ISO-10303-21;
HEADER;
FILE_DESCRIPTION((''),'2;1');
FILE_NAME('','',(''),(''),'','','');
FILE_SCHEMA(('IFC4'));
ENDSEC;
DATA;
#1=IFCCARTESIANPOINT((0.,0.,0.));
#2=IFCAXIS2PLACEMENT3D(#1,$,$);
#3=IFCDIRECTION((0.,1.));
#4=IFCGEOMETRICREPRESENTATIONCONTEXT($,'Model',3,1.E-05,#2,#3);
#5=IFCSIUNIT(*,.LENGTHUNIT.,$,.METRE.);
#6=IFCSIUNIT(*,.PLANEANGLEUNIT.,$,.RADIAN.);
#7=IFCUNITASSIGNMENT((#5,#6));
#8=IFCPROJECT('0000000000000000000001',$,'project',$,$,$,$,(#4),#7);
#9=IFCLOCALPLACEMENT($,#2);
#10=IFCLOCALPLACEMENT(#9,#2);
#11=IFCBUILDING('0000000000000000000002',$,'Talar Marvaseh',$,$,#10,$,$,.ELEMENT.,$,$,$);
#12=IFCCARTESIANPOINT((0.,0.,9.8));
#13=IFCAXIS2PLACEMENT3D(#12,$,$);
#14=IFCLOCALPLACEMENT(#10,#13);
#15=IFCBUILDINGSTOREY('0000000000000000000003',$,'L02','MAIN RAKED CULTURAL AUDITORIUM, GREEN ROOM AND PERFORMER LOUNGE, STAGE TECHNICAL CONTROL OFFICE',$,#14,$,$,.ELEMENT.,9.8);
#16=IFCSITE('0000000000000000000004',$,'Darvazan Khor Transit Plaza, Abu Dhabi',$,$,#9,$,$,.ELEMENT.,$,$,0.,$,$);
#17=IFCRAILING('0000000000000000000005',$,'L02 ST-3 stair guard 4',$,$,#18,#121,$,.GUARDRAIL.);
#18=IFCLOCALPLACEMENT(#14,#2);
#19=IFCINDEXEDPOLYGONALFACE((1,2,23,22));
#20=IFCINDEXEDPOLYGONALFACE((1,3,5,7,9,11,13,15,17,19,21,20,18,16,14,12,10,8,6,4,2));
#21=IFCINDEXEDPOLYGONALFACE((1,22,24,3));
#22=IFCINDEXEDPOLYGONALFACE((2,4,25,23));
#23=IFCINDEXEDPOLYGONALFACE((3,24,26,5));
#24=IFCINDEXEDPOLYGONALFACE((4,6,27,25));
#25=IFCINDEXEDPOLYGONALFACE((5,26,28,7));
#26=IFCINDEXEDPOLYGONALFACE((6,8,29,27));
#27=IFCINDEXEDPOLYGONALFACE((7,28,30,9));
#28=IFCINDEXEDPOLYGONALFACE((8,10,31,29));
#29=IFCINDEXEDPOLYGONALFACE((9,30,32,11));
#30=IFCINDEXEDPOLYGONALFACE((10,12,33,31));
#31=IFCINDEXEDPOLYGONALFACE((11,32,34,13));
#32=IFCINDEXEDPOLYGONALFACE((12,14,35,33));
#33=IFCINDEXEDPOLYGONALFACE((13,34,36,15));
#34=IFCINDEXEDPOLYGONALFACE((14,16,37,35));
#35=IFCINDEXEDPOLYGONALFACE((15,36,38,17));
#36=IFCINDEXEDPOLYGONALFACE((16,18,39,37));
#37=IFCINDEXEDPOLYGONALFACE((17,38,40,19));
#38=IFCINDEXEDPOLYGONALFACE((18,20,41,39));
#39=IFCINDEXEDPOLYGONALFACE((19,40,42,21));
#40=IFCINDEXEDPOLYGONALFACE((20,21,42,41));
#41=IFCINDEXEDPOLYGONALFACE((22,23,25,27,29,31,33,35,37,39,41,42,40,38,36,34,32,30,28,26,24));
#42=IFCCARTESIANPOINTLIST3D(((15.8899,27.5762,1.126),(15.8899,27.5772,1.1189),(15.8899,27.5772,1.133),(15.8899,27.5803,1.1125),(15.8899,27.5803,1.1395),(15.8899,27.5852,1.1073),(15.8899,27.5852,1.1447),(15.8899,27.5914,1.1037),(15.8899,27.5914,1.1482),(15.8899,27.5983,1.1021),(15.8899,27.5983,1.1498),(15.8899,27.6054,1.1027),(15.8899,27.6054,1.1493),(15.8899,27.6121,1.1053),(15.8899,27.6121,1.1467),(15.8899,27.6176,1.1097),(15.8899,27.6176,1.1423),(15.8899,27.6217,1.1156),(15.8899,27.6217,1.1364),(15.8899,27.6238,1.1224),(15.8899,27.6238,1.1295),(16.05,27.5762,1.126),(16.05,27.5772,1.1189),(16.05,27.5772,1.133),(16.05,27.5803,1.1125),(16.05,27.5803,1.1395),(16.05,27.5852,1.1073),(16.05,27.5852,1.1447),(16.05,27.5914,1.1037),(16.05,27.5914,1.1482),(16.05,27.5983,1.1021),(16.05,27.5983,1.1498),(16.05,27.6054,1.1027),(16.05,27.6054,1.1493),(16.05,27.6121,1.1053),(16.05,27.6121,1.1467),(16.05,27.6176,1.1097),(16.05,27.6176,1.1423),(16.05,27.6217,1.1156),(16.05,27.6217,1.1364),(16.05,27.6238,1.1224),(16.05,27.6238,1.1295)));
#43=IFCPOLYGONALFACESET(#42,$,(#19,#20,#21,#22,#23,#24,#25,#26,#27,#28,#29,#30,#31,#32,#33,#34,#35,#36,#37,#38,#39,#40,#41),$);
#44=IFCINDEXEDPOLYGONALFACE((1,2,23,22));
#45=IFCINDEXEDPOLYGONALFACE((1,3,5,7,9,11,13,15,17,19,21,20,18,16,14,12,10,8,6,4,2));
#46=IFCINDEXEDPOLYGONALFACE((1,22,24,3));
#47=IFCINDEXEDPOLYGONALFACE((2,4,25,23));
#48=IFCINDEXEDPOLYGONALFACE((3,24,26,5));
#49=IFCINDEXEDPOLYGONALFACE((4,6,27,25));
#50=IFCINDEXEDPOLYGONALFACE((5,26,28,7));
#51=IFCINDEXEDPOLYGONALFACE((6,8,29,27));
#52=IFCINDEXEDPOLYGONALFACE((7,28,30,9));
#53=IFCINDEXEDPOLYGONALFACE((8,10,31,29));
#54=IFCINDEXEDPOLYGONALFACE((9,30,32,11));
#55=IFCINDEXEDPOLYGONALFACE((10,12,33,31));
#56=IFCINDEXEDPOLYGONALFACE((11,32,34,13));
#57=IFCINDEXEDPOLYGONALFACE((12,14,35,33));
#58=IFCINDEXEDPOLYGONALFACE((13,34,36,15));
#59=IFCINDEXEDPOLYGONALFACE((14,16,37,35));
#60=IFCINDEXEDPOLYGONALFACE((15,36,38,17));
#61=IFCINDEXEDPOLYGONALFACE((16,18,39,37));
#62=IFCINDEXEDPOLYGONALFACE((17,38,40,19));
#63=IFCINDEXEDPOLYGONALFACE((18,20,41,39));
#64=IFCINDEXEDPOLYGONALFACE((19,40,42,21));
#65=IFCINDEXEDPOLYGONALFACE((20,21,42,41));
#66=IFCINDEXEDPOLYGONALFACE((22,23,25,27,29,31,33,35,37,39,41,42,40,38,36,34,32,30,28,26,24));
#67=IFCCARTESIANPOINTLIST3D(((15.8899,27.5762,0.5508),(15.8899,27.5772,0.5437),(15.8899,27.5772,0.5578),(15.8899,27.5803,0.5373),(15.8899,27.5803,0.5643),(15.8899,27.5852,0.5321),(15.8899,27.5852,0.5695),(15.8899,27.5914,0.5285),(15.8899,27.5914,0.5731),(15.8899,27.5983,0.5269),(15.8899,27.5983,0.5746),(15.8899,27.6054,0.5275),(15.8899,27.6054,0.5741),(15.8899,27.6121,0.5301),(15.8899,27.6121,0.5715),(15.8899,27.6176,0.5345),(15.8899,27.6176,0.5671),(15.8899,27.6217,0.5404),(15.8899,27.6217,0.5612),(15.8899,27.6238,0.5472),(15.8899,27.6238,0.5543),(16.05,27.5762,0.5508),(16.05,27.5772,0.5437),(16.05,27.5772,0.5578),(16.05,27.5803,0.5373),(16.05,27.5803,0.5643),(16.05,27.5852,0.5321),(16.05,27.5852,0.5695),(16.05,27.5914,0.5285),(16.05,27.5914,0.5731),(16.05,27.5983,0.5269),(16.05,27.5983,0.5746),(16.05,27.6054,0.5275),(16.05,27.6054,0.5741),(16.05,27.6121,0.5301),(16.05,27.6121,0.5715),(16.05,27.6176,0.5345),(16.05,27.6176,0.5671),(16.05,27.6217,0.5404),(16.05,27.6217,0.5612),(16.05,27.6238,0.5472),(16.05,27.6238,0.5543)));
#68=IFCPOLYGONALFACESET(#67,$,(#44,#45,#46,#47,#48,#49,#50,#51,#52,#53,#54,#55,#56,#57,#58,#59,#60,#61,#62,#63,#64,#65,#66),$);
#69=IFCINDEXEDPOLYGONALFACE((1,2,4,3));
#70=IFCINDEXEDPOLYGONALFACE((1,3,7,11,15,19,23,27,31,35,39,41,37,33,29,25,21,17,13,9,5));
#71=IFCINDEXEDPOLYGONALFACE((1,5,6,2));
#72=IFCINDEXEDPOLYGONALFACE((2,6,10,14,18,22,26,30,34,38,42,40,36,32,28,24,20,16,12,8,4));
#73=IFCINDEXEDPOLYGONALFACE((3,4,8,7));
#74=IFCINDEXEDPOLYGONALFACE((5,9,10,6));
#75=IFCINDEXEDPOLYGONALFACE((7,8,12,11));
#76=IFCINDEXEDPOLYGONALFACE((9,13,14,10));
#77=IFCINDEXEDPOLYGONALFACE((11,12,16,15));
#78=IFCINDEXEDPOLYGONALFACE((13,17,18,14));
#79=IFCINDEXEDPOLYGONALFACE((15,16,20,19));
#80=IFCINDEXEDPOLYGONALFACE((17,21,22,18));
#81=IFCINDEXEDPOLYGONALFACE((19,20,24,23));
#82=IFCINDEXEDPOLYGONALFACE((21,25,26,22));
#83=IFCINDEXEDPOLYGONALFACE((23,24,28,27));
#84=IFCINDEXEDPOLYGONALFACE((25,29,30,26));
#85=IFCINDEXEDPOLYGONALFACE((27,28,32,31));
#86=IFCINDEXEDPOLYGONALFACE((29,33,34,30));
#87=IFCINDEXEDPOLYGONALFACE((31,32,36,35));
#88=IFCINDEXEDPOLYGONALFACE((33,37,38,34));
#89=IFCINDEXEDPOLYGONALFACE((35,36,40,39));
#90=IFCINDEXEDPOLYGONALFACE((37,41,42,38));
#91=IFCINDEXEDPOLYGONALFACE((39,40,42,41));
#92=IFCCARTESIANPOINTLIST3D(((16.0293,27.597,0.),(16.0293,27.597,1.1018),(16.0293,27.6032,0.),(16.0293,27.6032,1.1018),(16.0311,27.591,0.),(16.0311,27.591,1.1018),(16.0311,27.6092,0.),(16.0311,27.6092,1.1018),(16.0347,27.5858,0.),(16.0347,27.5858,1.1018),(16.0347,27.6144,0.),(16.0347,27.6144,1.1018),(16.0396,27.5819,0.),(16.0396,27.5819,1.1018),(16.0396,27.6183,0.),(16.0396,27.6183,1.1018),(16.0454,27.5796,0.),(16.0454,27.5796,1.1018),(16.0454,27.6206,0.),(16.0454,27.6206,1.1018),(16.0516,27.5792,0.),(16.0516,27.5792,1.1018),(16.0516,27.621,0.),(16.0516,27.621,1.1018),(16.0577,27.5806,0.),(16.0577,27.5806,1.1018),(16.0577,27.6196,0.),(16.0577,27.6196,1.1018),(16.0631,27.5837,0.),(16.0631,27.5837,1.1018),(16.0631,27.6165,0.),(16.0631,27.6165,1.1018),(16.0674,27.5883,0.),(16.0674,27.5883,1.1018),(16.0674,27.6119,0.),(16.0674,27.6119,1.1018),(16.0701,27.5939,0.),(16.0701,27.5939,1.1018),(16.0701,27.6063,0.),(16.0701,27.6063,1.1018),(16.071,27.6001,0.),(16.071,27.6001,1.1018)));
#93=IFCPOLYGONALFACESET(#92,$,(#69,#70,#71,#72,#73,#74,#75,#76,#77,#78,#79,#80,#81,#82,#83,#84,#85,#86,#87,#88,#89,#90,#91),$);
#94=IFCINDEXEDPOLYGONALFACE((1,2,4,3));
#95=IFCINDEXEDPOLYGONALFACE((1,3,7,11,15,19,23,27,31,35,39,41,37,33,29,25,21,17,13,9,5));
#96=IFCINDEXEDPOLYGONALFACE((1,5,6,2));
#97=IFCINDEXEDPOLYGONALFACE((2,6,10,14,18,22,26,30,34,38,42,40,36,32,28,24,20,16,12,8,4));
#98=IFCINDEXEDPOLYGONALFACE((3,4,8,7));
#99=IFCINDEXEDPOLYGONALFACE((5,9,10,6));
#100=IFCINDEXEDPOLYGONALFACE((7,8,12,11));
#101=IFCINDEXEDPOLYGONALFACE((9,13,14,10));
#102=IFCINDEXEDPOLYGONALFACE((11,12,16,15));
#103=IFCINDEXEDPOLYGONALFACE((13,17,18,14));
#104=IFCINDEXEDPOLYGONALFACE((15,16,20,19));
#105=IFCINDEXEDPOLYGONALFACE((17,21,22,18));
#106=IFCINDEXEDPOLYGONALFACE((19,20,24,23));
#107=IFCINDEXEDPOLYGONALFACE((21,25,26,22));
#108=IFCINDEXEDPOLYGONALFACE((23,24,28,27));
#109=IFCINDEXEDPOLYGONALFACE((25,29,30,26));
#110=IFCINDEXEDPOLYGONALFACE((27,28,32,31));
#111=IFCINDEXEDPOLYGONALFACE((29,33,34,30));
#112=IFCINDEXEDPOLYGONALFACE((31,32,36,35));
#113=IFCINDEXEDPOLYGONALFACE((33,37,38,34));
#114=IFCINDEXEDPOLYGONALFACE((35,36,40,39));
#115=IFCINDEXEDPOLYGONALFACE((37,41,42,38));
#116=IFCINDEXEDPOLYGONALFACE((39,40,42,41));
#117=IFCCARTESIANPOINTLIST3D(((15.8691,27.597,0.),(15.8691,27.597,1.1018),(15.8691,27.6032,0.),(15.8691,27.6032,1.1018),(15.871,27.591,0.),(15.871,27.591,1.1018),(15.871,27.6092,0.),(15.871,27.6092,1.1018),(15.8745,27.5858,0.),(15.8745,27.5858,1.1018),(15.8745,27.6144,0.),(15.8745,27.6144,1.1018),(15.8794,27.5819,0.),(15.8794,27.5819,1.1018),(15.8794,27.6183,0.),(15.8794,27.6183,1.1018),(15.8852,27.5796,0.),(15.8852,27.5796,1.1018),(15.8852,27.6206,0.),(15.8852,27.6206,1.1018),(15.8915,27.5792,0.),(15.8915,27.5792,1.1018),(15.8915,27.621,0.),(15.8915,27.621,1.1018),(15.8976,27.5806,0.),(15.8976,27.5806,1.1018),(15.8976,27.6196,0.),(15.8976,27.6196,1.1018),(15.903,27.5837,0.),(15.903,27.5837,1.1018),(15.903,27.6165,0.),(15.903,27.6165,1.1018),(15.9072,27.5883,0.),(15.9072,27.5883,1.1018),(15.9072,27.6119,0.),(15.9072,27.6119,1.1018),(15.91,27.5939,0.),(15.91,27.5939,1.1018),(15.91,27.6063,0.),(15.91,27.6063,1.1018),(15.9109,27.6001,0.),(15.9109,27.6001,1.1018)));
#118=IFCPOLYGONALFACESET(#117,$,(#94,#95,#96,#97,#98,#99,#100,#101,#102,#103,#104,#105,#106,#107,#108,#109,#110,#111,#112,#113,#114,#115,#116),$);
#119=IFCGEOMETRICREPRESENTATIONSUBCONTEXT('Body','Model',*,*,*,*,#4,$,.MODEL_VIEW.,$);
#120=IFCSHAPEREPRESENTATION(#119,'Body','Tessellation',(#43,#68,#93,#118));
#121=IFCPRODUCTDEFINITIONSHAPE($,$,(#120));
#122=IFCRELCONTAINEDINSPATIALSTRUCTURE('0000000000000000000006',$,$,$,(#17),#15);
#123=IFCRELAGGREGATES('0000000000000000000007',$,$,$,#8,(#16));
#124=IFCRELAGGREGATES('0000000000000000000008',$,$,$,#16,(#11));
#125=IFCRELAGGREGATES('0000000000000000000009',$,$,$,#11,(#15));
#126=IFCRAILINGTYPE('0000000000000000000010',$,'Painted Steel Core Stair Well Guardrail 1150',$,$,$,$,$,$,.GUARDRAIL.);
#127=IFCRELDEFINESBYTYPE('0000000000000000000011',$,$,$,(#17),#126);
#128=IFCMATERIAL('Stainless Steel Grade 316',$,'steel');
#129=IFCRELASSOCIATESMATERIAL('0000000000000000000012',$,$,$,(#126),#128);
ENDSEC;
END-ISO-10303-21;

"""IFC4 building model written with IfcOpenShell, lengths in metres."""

from ifc_helpers import new_model, si_unit, direction, frame, origin, origin_2d, place, context, subcontext, project, spatial, circle, extrude, material, type_object, element, save


model = new_model("IFC4")

# Units and contexts
model_context = context("Model", 3, precision=1e-05, world=origin(), true_north=direction((0.0, 1.0)))
body_context = subcontext(model_context, "Body", "Model", "MODEL_VIEW")
ifc_project = project(units=[si_unit("LENGTHUNIT", "METRE"), si_unit("PLANEANGLEUNIT", "RADIAN")], contexts=[model_context])

# Site, building, storey
site_placement = place(None, origin())
site = spatial("IfcSite", under=ifc_project, at=site_placement, Name="Darvazan Khor Transit Plaza, Abu Dhabi", CompositionType="ELEMENT", RefElevation=0.0)
building_placement = place(site_placement, origin())
building = spatial("IfcBuilding", under=site, at=building_placement, Name="Talar Marvaseh", CompositionType="ELEMENT")
storey_placement = place(building_placement, frame((0.0, 0.0, 9.8)))
storey = spatial("IfcBuildingStorey", under=building, at=storey_placement, Name="L02", Description="MAIN RAKED CULTURAL AUDITORIUM, GREEN ROOM AND PERFORMER LOUNGE, STAGE TECHNICAL CONTROL OFFICE", CompositionType="ELEMENT", Elevation=9.8)

# Railing
ifc_material_1 = material(Name="Stainless Steel Grade 316", Category="steel")
railing_type_1 = type_object("IfcRailingType", Name="Painted Steel Core Stair Well Guardrail 1150", PredefinedType="GUARDRAIL", material=ifc_material_1)
railing_1_placement = place(storey_placement, frame((16.05, 27.6001, 0.0)))
element("IfcRailing", 1, at=railing_1_placement, inside=storey, type_object=railing_type_1, Name="L02 ST-3 stair guard 4", PredefinedType="GUARDRAIL", context=body_context, shape_type="SweptSolid", body=[
    extrude(circle(Radius=0.0239, at=origin_2d()), frame((0.0, 0.0, 1.126), z_axis=(-1.0, 0.0, 0.0), x_axis=(0.0, -1.0, 0.0)), (0.0, 0.0, 1.0), 0.1602),
    extrude(circle(Radius=0.0239, at=origin_2d()), frame((0.0, 0.0, 0.5508), z_axis=(-1.0, 0.0, 0.0), x_axis=(0.0, -1.0, 0.0)), (0.0, 0.0, 1.0), 0.1602),
    extrude(circle(Radius=0.021, at=origin_2d()), origin(), (0.0, 0.0, 1.0), 1.1018),
    extrude(circle(Radius=0.021, at=origin_2d()), frame((-0.1602, 0.0, 0.0)), (0.0, 0.0, 1.0), 1.1018),
])

save(model, "model.ifc")
